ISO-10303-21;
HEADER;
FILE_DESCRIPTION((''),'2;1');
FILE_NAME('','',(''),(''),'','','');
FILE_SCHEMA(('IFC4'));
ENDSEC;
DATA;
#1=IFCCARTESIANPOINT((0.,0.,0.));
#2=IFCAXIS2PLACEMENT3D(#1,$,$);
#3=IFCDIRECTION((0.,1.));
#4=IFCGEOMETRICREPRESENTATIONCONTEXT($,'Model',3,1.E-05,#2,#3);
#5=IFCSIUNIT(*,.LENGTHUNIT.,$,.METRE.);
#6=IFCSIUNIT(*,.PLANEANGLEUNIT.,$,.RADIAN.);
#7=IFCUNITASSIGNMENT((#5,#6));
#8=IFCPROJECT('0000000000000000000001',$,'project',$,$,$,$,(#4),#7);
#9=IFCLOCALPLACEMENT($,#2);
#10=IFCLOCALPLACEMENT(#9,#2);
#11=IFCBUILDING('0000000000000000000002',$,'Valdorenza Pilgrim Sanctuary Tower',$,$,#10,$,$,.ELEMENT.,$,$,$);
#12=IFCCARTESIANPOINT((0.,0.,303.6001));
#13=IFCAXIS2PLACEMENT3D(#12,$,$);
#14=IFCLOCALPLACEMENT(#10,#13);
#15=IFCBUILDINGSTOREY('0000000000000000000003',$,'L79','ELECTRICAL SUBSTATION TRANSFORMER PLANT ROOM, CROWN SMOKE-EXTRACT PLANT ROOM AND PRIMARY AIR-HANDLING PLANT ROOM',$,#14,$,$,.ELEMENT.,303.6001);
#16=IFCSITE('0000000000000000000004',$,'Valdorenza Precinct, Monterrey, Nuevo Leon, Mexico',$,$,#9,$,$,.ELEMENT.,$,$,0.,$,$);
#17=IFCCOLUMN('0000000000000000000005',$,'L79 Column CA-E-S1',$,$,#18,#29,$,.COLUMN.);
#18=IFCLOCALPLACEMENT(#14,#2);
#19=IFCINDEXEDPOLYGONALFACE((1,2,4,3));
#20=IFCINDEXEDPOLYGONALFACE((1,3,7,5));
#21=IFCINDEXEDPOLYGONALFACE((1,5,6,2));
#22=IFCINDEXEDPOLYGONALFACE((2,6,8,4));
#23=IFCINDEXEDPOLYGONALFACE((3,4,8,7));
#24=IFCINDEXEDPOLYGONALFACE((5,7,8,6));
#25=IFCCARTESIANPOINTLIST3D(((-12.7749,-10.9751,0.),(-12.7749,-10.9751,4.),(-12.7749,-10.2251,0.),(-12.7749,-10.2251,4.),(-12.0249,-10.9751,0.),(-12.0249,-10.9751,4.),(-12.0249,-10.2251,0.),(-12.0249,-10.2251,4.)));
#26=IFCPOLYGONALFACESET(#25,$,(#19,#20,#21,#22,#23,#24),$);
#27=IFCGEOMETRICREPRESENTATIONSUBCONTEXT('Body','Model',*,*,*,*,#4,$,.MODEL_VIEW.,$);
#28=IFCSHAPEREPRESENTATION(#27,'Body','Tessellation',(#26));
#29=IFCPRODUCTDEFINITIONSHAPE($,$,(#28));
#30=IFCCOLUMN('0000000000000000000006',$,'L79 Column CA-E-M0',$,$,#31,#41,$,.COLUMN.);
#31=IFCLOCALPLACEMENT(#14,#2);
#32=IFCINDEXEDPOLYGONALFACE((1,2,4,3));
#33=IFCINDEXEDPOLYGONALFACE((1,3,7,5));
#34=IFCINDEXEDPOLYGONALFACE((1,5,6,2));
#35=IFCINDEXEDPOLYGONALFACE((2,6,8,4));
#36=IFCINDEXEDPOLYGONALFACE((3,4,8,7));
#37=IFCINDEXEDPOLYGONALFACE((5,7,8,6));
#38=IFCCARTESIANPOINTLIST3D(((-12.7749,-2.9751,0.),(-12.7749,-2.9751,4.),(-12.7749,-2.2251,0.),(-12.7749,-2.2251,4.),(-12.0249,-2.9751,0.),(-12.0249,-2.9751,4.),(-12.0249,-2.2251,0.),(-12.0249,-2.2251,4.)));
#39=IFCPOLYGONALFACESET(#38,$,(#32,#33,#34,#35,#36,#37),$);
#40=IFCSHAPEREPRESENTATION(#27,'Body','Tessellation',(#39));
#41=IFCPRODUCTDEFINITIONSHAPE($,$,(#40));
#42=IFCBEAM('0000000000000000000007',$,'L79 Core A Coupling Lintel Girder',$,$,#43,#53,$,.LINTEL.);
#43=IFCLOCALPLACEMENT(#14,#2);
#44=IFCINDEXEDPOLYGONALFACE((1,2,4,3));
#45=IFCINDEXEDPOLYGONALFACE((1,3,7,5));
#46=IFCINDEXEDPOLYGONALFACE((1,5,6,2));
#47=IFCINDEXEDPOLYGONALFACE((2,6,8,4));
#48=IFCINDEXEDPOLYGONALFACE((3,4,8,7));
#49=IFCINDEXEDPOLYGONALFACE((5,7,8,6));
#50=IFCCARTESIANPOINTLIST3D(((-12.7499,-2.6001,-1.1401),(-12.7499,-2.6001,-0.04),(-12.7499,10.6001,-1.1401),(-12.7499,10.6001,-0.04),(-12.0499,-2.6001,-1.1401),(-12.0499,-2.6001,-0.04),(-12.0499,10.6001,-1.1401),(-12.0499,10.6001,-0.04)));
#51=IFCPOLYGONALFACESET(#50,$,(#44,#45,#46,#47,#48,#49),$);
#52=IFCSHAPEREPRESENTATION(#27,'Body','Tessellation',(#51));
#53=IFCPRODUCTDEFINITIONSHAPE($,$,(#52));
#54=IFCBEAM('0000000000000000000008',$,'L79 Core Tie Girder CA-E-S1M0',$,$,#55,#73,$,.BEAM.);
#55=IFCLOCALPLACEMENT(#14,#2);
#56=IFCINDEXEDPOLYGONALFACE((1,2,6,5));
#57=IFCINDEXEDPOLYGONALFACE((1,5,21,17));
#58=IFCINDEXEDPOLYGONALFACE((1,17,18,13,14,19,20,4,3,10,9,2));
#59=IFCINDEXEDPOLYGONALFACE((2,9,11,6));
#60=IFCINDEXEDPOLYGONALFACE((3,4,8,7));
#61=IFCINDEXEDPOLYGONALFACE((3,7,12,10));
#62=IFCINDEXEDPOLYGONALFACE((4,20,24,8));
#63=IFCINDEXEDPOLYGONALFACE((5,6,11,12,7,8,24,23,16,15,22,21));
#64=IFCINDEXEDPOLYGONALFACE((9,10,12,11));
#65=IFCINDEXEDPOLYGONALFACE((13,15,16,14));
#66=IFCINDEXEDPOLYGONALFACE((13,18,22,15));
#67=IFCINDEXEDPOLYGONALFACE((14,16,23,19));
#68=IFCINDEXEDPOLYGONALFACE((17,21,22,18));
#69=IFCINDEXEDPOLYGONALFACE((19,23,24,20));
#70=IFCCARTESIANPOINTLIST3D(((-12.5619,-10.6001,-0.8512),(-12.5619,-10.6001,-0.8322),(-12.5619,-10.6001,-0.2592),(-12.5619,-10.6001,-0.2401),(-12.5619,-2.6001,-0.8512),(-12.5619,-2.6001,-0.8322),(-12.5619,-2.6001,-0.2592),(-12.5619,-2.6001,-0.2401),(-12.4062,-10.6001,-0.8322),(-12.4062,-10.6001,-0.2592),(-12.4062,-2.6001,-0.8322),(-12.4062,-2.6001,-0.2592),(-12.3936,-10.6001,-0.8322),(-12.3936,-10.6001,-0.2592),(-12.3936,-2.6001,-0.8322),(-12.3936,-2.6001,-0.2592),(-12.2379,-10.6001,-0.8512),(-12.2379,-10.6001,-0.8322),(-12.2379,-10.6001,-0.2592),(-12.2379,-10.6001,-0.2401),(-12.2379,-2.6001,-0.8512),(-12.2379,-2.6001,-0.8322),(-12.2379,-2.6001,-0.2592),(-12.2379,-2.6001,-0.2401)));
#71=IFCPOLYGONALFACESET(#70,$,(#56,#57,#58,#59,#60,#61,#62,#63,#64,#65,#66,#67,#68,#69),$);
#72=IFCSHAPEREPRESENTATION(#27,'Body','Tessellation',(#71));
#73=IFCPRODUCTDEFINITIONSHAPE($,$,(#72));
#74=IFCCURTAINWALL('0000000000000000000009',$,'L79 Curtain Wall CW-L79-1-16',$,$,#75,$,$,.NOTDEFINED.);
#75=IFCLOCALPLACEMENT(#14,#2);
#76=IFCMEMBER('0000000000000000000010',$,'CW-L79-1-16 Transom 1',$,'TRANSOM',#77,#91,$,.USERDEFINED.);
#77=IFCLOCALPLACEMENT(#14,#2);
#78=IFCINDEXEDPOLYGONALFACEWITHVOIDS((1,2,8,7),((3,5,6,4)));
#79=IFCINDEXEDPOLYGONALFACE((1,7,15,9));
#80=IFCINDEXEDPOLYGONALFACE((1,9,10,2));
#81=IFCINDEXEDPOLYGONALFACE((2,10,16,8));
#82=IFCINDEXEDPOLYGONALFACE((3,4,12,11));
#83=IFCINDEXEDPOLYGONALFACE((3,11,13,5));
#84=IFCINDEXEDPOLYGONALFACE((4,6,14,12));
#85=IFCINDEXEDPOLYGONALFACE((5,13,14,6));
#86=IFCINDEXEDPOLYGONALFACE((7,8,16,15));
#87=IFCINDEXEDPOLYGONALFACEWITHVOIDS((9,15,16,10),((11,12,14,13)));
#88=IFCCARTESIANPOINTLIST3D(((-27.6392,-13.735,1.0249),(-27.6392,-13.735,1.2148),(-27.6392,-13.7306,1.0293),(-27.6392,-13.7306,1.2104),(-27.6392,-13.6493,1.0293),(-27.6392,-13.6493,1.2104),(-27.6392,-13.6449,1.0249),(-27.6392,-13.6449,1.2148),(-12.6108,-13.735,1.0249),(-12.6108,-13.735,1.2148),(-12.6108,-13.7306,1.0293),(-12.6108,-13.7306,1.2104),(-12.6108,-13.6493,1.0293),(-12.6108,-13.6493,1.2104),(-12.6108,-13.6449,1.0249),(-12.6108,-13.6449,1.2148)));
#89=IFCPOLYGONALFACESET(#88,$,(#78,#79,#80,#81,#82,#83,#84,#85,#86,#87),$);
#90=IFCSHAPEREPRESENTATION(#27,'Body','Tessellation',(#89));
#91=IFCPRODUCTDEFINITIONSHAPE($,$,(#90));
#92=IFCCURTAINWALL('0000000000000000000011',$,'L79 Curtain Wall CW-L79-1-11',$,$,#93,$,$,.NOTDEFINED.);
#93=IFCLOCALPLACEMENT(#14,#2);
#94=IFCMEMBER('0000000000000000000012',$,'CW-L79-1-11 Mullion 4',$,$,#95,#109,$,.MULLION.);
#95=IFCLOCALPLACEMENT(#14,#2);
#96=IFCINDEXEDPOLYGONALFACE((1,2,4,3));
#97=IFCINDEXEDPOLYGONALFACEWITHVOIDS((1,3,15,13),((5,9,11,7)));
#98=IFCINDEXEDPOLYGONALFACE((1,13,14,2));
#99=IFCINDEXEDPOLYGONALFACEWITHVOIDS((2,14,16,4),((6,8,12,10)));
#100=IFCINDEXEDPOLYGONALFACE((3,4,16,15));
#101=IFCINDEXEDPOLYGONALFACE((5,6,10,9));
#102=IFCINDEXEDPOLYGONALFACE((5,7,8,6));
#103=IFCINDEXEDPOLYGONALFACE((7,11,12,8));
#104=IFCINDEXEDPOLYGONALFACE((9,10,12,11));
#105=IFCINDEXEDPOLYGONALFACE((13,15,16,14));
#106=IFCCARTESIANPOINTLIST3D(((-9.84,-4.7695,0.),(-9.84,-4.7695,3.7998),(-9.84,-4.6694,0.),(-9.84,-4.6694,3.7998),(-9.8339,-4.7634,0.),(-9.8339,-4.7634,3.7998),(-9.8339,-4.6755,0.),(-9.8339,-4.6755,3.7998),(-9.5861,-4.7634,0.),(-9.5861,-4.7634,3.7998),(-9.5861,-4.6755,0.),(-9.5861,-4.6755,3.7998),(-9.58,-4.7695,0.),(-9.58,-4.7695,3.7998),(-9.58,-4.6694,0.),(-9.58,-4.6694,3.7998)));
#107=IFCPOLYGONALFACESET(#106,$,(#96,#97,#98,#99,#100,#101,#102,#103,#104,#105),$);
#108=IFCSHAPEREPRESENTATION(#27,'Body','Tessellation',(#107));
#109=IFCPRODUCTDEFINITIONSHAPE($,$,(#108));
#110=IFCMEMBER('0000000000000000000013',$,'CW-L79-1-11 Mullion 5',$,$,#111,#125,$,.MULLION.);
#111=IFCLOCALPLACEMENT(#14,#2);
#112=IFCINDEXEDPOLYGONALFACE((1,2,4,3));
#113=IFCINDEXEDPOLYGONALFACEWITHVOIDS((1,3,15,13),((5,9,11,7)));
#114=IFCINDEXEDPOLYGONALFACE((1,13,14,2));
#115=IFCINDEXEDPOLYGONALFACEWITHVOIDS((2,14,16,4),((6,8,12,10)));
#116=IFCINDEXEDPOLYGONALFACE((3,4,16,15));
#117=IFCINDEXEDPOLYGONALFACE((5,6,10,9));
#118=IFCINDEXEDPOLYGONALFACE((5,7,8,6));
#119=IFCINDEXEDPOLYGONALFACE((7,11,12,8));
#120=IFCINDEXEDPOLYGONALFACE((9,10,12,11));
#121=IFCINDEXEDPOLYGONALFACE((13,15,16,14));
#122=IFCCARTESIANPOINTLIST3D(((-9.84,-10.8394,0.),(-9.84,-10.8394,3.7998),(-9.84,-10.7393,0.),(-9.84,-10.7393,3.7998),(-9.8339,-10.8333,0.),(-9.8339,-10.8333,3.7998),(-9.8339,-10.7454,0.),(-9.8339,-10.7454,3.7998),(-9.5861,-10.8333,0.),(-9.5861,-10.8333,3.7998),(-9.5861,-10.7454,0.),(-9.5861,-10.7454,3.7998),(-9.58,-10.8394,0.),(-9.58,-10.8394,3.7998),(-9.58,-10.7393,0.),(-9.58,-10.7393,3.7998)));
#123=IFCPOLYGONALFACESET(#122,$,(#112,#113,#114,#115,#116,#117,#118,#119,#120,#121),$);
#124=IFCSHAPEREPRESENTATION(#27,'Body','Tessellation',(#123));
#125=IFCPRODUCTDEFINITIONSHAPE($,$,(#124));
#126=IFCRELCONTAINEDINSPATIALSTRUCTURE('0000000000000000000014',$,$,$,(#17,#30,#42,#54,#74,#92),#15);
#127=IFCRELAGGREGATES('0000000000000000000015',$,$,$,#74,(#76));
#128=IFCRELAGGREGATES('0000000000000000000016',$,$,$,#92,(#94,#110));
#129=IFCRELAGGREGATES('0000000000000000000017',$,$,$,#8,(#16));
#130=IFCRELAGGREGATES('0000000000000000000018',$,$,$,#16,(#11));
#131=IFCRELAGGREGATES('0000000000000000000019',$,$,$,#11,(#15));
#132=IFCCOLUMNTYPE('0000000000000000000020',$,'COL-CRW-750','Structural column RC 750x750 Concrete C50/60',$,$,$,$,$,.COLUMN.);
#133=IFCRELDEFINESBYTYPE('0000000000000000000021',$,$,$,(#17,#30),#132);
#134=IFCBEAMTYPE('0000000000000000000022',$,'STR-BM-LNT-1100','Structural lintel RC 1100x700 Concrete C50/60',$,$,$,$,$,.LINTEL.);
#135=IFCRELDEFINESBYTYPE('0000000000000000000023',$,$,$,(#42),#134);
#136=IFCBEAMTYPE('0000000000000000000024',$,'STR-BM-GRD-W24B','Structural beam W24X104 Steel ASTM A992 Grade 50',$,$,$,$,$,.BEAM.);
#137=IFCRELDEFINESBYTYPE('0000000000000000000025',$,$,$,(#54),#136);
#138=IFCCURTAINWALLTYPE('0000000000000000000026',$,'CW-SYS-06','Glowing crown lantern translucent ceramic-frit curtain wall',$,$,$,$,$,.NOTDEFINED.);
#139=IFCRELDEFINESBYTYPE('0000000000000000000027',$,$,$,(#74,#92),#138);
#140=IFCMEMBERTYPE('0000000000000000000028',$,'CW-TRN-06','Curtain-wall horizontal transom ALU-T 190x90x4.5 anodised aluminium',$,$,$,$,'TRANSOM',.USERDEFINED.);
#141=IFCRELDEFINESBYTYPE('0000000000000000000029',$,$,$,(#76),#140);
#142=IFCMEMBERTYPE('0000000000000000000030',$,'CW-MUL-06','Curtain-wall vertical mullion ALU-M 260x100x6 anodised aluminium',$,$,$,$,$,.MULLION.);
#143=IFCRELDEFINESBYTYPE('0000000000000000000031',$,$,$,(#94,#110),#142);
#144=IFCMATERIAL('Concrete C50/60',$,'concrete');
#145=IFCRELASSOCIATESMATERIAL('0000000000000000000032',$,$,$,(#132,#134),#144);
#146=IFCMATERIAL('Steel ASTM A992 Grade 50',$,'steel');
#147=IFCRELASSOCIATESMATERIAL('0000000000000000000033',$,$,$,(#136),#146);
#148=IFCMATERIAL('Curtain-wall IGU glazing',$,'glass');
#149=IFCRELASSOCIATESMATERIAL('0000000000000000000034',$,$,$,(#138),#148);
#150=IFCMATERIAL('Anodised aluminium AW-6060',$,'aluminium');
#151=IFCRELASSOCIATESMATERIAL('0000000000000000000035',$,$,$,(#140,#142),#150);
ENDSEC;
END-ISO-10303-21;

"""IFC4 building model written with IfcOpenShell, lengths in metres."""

from ifc_helpers import new_model, si_unit, direction, frame, origin, origin_2d, place, context, subcontext, project, spatial, rectangle, hollow_rectangle, i_section, extrude, source, transform, mapped, material, material_profile, profile_set, type_object, element, aggregate, save


model = new_model("IFC4")

# Units and contexts
model_context = context("Model", 3, precision=1e-05, world=origin(), true_north=direction((0.0, 1.0)))
body_context = subcontext(model_context, "Body", "Model", "MODEL_VIEW")
ifc_project = project(units=[si_unit("LENGTHUNIT", "METRE"), si_unit("PLANEANGLEUNIT", "RADIAN")], contexts=[model_context])

# Site, building, storey
site_placement = place(None, origin())
site = spatial("IfcSite", under=ifc_project, at=site_placement, Name="Valdorenza Precinct, Monterrey, Nuevo Leon, Mexico", CompositionType="ELEMENT", RefElevation=0.0)
building_placement = place(site_placement, origin())
building = spatial("IfcBuilding", under=site, at=building_placement, Name="Valdorenza Pilgrim Sanctuary Tower", CompositionType="ELEMENT")
storey_placement = place(building_placement, frame((0.0, 0.0, 303.6001)))
storey = spatial("IfcBuildingStorey", under=building, at=storey_placement, Name="L79", Description="ELECTRICAL SUBSTATION TRANSFORMER PLANT ROOM, CROWN SMOKE-EXTRACT PLANT ROOM AND PRIMARY AIR-HANDLING PLANT ROOM", CompositionType="ELEMENT", Elevation=303.6001)

# Columns
ifc_material_1 = material(Name="Concrete C50/60", Category="concrete")
ifc_material_profile_1 = material_profile(ifc_material_1, rectangle(XDim=0.75, YDim=0.75, at=origin_2d()), Name="RC 750x750")
ifc_profile_set_1 = profile_set([ifc_material_profile_1], Name="Concrete C50/60")
column_type = type_object("IfcColumnType", Name="COL-CRW-750", Description="Structural column RC 750x750 Concrete C50/60", PredefinedType="COLUMN", material=ifc_profile_set_1)
shared_shape_1 = source(origin(), body_context, "Body", "SweptSolid", [
    extrude(rectangle(XDim=0.75, YDim=0.75, at=origin_2d()), origin(), (0.0, 0.0, 1.0), 4.0),
])
for number, where, z_axis, x_axis, name in (
    (1, (-12.3999, -10.6001, 0.0), (0.0, 0.0, 1.0), (1.0, 0.0, 0.0), "L79 Column CA-E-S1"),
    (2, (-12.3999, -2.6001, 0.0), (0.0, 0.0, 1.0), (1.0, 0.0, 0.0), "L79 Column CA-E-M0"),
):
    element("IfcColumn", number, at=place(storey_placement, frame(where, z_axis=z_axis, x_axis=x_axis)), inside=storey, type_object=column_type, Name=name, PredefinedType="COLUMN", context=body_context, shape_type="MappedRepresentation", body=[
        mapped(shared_shape_1, transform((0.0, 0.0, 0.0), x_axis=(1.0, 0.0, 0.0), y_axis=(0.0, 1.0, 0.0), z_axis=(0.0, 0.0, 1.0), scale=1.0)),
    ])

# Beams
ifc_material_profile_2 = material_profile(ifc_material_1, rectangle(XDim=0.7, YDim=1.1001, at=origin_2d()), Name="RC 1100x700")
ifc_profile_set_2 = profile_set([ifc_material_profile_2], Name="Concrete C50/60")
beam_type_1 = type_object("IfcBeamType", Name="STR-BM-LNT-1100", Description="Structural lintel RC 1100x700 Concrete C50/60", PredefinedType="LINTEL", material=ifc_profile_set_2)
shared_shape_2 = source(origin(), body_context, "Body", "SweptSolid", [
    extrude(rectangle(XDim=0.7, YDim=1.1001, at=origin_2d()), origin(), (0.0, 0.0, 1.0), 13.2002),
])
beam_1_placement = place(storey_placement, frame((-12.3999, -2.6001, -0.5901), z_axis=(0.0, 1.0, 0.0), x_axis=(-1.0, 0.0, 0.0)))
element("IfcBeam", 3, at=beam_1_placement, inside=storey, type_object=beam_type_1, Name="L79 Core A Coupling Lintel Girder", PredefinedType="LINTEL", context=body_context, shape_type="MappedRepresentation", body=[
    mapped(shared_shape_2, transform((0.0, 0.0, 0.0), x_axis=(1.0, 0.0, 0.0), y_axis=(0.0, 1.0, 0.0), z_axis=(0.0, 0.0, 1.0), scale=1.0)),
])
ifc_material_2 = material(Name="Steel ASTM A992 Grade 50", Category="steel")
ifc_material_profile_3 = material_profile(ifc_material_2, i_section(OverallWidth=0.324, OverallDepth=0.6111, WebThickness=0.0127, FlangeThickness=0.019, at=origin_2d()), Name="W24X104")
ifc_profile_set_3 = profile_set([ifc_material_profile_3], Name="Steel ASTM A992 Grade 50")
beam_type_2 = type_object("IfcBeamType", Name="STR-BM-GRD-W24B", Description="Structural beam W24X104 Steel ASTM A992 Grade 50", PredefinedType="BEAM", material=ifc_profile_set_3)
shared_shape_3 = source(origin(), body_context, "Body", "SweptSolid", [
    extrude(i_section(OverallWidth=0.324, OverallDepth=0.6111, WebThickness=0.0127, FlangeThickness=0.019, at=origin_2d()), origin(), (0.0, 0.0, 1.0), 8.0),
])
beam_2_placement = place(storey_placement, frame((-12.3999, -10.6001, -0.5457), z_axis=(0.0, 1.0, 0.0), x_axis=(-1.0, 0.0, 0.0)))
element("IfcBeam", 4, at=beam_2_placement, inside=storey, type_object=beam_type_2, Name="L79 Core Tie Girder CA-E-S1M0", PredefinedType="BEAM", context=body_context, shape_type="MappedRepresentation", body=[
    mapped(shared_shape_3, transform((0.0, 0.0, 0.0), x_axis=(1.0, 0.0, 0.0), y_axis=(0.0, 1.0, 0.0), z_axis=(0.0, 0.0, 1.0), scale=1.0)),
])

# Curtain wall, member
ifc_material_3 = material(Name="Curtain-wall IGU glazing", Category="glass")
curtain_wall_type = type_object("IfcCurtainWallType", Name="CW-SYS-06", Description="Glowing crown lantern translucent ceramic-frit curtain wall", PredefinedType="NOTDEFINED", material=ifc_material_3)
curtain_wall_1_placement = place(storey_placement, origin())
curtain_wall_1 = element("IfcCurtainWall", 5, at=curtain_wall_1_placement, inside=storey, type_object=curtain_wall_type, Name="L79 Curtain Wall CW-L79-1-16", PredefinedType="NOTDEFINED")
ifc_material_4 = material(Name="Anodised aluminium AW-6060", Category="aluminium")
ifc_material_profile_4 = material_profile(ifc_material_4, hollow_rectangle(XDim=0.0901, YDim=0.1899, WallThickness=0.0044, at=origin_2d()), Name="ALU-T 190x90x4.5")
ifc_profile_set_4 = profile_set([ifc_material_profile_4], Name="Anodised aluminium AW-6060")
member_type_1 = type_object("IfcMemberType", Name="CW-TRN-06", Description="Curtain-wall horizontal transom ALU-T 190x90x4.5 anodised aluminium", ElementType="TRANSOM", PredefinedType="USERDEFINED", material=ifc_profile_set_4)
shared_shape_4 = source(origin(), body_context, "Body", "SweptSolid", [
    extrude(hollow_rectangle(XDim=0.0901, YDim=0.1899, WallThickness=0.0044, at=origin_2d()), origin(), (0.0, 0.0, 1.0), 15.0283),
])
member_1_placement = place(storey_placement, frame((-12.6108, -13.6899, 1.1199), z_axis=(-1.0, 0.0, 0.0), x_axis=(0.0, -1.0, 0.0)))
member_1 = element("IfcMember", 6, at=member_1_placement, type_object=member_type_1, Name="CW-L79-1-16 Transom 1", ObjectType="TRANSOM", PredefinedType="USERDEFINED", context=body_context, shape_type="MappedRepresentation", body=[
    mapped(shared_shape_4, transform((0.0, 0.0, 0.0), x_axis=(1.0, 0.0, 0.0), y_axis=(0.0, 1.0, 0.0), z_axis=(0.0, 0.0, 1.0), scale=1.0)),
])
aggregate(curtain_wall_1, [member_1])

# Curtain wall, members
curtain_wall_2_placement = place(storey_placement, origin())
curtain_wall_2 = element("IfcCurtainWall", 7, at=curtain_wall_2_placement, inside=storey, type_object=curtain_wall_type, Name="L79 Curtain Wall CW-L79-1-11", PredefinedType="NOTDEFINED")
ifc_material_profile_5 = material_profile(ifc_material_4, hollow_rectangle(XDim=0.1001, YDim=0.26, WallThickness=0.0061, at=origin_2d()), Name="ALU-M 260x100x6")
ifc_profile_set_5 = profile_set([ifc_material_profile_5], Name="Anodised aluminium AW-6060")
member_type_2 = type_object("IfcMemberType", Name="CW-MUL-06", Description="Curtain-wall vertical mullion ALU-M 260x100x6 anodised aluminium", PredefinedType="MULLION", material=ifc_profile_set_5)
shared_shape_5 = source(origin(), body_context, "Body", "SweptSolid", [
    extrude(hollow_rectangle(XDim=0.1001, YDim=0.26, WallThickness=0.0061, at=origin_2d()), origin(), (0.0, 0.0, 1.0), 3.7998),
])
member_2_placement = place(storey_placement, frame((-9.71, -4.7195, 0.0), z_axis=(0.0, 0.0, 1.0), x_axis=(0.0, -1.0, 0.0)))
member_2 = element("IfcMember", 8, at=member_2_placement, type_object=member_type_2, Name="CW-L79-1-11 Mullion 4", PredefinedType="MULLION", context=body_context, shape_type="MappedRepresentation", body=[
    mapped(shared_shape_5, transform((0.0, 0.0, 0.0), x_axis=(1.0, 0.0, 0.0), y_axis=(0.0, 1.0, 0.0), z_axis=(0.0, 0.0, 1.0), scale=1.0)),
])
member_3_placement = place(storey_placement, frame((-9.71, -10.7893, 0.0), z_axis=(0.0, 0.0, 1.0), x_axis=(0.0, -1.0, 0.0)))
member_3 = element("IfcMember", 9, at=member_3_placement, type_object=member_type_2, Name="CW-L79-1-11 Mullion 5", PredefinedType="MULLION", context=body_context, shape_type="MappedRepresentation", body=[
    mapped(shared_shape_5, transform((0.0, 0.0, 0.0), x_axis=(1.0, 0.0, 0.0), y_axis=(0.0, 1.0, 0.0), z_axis=(0.0, 0.0, 1.0), scale=1.0)),
])

aggregate(curtain_wall_2, [member_2, member_3])

save(model, "model.ifc")
